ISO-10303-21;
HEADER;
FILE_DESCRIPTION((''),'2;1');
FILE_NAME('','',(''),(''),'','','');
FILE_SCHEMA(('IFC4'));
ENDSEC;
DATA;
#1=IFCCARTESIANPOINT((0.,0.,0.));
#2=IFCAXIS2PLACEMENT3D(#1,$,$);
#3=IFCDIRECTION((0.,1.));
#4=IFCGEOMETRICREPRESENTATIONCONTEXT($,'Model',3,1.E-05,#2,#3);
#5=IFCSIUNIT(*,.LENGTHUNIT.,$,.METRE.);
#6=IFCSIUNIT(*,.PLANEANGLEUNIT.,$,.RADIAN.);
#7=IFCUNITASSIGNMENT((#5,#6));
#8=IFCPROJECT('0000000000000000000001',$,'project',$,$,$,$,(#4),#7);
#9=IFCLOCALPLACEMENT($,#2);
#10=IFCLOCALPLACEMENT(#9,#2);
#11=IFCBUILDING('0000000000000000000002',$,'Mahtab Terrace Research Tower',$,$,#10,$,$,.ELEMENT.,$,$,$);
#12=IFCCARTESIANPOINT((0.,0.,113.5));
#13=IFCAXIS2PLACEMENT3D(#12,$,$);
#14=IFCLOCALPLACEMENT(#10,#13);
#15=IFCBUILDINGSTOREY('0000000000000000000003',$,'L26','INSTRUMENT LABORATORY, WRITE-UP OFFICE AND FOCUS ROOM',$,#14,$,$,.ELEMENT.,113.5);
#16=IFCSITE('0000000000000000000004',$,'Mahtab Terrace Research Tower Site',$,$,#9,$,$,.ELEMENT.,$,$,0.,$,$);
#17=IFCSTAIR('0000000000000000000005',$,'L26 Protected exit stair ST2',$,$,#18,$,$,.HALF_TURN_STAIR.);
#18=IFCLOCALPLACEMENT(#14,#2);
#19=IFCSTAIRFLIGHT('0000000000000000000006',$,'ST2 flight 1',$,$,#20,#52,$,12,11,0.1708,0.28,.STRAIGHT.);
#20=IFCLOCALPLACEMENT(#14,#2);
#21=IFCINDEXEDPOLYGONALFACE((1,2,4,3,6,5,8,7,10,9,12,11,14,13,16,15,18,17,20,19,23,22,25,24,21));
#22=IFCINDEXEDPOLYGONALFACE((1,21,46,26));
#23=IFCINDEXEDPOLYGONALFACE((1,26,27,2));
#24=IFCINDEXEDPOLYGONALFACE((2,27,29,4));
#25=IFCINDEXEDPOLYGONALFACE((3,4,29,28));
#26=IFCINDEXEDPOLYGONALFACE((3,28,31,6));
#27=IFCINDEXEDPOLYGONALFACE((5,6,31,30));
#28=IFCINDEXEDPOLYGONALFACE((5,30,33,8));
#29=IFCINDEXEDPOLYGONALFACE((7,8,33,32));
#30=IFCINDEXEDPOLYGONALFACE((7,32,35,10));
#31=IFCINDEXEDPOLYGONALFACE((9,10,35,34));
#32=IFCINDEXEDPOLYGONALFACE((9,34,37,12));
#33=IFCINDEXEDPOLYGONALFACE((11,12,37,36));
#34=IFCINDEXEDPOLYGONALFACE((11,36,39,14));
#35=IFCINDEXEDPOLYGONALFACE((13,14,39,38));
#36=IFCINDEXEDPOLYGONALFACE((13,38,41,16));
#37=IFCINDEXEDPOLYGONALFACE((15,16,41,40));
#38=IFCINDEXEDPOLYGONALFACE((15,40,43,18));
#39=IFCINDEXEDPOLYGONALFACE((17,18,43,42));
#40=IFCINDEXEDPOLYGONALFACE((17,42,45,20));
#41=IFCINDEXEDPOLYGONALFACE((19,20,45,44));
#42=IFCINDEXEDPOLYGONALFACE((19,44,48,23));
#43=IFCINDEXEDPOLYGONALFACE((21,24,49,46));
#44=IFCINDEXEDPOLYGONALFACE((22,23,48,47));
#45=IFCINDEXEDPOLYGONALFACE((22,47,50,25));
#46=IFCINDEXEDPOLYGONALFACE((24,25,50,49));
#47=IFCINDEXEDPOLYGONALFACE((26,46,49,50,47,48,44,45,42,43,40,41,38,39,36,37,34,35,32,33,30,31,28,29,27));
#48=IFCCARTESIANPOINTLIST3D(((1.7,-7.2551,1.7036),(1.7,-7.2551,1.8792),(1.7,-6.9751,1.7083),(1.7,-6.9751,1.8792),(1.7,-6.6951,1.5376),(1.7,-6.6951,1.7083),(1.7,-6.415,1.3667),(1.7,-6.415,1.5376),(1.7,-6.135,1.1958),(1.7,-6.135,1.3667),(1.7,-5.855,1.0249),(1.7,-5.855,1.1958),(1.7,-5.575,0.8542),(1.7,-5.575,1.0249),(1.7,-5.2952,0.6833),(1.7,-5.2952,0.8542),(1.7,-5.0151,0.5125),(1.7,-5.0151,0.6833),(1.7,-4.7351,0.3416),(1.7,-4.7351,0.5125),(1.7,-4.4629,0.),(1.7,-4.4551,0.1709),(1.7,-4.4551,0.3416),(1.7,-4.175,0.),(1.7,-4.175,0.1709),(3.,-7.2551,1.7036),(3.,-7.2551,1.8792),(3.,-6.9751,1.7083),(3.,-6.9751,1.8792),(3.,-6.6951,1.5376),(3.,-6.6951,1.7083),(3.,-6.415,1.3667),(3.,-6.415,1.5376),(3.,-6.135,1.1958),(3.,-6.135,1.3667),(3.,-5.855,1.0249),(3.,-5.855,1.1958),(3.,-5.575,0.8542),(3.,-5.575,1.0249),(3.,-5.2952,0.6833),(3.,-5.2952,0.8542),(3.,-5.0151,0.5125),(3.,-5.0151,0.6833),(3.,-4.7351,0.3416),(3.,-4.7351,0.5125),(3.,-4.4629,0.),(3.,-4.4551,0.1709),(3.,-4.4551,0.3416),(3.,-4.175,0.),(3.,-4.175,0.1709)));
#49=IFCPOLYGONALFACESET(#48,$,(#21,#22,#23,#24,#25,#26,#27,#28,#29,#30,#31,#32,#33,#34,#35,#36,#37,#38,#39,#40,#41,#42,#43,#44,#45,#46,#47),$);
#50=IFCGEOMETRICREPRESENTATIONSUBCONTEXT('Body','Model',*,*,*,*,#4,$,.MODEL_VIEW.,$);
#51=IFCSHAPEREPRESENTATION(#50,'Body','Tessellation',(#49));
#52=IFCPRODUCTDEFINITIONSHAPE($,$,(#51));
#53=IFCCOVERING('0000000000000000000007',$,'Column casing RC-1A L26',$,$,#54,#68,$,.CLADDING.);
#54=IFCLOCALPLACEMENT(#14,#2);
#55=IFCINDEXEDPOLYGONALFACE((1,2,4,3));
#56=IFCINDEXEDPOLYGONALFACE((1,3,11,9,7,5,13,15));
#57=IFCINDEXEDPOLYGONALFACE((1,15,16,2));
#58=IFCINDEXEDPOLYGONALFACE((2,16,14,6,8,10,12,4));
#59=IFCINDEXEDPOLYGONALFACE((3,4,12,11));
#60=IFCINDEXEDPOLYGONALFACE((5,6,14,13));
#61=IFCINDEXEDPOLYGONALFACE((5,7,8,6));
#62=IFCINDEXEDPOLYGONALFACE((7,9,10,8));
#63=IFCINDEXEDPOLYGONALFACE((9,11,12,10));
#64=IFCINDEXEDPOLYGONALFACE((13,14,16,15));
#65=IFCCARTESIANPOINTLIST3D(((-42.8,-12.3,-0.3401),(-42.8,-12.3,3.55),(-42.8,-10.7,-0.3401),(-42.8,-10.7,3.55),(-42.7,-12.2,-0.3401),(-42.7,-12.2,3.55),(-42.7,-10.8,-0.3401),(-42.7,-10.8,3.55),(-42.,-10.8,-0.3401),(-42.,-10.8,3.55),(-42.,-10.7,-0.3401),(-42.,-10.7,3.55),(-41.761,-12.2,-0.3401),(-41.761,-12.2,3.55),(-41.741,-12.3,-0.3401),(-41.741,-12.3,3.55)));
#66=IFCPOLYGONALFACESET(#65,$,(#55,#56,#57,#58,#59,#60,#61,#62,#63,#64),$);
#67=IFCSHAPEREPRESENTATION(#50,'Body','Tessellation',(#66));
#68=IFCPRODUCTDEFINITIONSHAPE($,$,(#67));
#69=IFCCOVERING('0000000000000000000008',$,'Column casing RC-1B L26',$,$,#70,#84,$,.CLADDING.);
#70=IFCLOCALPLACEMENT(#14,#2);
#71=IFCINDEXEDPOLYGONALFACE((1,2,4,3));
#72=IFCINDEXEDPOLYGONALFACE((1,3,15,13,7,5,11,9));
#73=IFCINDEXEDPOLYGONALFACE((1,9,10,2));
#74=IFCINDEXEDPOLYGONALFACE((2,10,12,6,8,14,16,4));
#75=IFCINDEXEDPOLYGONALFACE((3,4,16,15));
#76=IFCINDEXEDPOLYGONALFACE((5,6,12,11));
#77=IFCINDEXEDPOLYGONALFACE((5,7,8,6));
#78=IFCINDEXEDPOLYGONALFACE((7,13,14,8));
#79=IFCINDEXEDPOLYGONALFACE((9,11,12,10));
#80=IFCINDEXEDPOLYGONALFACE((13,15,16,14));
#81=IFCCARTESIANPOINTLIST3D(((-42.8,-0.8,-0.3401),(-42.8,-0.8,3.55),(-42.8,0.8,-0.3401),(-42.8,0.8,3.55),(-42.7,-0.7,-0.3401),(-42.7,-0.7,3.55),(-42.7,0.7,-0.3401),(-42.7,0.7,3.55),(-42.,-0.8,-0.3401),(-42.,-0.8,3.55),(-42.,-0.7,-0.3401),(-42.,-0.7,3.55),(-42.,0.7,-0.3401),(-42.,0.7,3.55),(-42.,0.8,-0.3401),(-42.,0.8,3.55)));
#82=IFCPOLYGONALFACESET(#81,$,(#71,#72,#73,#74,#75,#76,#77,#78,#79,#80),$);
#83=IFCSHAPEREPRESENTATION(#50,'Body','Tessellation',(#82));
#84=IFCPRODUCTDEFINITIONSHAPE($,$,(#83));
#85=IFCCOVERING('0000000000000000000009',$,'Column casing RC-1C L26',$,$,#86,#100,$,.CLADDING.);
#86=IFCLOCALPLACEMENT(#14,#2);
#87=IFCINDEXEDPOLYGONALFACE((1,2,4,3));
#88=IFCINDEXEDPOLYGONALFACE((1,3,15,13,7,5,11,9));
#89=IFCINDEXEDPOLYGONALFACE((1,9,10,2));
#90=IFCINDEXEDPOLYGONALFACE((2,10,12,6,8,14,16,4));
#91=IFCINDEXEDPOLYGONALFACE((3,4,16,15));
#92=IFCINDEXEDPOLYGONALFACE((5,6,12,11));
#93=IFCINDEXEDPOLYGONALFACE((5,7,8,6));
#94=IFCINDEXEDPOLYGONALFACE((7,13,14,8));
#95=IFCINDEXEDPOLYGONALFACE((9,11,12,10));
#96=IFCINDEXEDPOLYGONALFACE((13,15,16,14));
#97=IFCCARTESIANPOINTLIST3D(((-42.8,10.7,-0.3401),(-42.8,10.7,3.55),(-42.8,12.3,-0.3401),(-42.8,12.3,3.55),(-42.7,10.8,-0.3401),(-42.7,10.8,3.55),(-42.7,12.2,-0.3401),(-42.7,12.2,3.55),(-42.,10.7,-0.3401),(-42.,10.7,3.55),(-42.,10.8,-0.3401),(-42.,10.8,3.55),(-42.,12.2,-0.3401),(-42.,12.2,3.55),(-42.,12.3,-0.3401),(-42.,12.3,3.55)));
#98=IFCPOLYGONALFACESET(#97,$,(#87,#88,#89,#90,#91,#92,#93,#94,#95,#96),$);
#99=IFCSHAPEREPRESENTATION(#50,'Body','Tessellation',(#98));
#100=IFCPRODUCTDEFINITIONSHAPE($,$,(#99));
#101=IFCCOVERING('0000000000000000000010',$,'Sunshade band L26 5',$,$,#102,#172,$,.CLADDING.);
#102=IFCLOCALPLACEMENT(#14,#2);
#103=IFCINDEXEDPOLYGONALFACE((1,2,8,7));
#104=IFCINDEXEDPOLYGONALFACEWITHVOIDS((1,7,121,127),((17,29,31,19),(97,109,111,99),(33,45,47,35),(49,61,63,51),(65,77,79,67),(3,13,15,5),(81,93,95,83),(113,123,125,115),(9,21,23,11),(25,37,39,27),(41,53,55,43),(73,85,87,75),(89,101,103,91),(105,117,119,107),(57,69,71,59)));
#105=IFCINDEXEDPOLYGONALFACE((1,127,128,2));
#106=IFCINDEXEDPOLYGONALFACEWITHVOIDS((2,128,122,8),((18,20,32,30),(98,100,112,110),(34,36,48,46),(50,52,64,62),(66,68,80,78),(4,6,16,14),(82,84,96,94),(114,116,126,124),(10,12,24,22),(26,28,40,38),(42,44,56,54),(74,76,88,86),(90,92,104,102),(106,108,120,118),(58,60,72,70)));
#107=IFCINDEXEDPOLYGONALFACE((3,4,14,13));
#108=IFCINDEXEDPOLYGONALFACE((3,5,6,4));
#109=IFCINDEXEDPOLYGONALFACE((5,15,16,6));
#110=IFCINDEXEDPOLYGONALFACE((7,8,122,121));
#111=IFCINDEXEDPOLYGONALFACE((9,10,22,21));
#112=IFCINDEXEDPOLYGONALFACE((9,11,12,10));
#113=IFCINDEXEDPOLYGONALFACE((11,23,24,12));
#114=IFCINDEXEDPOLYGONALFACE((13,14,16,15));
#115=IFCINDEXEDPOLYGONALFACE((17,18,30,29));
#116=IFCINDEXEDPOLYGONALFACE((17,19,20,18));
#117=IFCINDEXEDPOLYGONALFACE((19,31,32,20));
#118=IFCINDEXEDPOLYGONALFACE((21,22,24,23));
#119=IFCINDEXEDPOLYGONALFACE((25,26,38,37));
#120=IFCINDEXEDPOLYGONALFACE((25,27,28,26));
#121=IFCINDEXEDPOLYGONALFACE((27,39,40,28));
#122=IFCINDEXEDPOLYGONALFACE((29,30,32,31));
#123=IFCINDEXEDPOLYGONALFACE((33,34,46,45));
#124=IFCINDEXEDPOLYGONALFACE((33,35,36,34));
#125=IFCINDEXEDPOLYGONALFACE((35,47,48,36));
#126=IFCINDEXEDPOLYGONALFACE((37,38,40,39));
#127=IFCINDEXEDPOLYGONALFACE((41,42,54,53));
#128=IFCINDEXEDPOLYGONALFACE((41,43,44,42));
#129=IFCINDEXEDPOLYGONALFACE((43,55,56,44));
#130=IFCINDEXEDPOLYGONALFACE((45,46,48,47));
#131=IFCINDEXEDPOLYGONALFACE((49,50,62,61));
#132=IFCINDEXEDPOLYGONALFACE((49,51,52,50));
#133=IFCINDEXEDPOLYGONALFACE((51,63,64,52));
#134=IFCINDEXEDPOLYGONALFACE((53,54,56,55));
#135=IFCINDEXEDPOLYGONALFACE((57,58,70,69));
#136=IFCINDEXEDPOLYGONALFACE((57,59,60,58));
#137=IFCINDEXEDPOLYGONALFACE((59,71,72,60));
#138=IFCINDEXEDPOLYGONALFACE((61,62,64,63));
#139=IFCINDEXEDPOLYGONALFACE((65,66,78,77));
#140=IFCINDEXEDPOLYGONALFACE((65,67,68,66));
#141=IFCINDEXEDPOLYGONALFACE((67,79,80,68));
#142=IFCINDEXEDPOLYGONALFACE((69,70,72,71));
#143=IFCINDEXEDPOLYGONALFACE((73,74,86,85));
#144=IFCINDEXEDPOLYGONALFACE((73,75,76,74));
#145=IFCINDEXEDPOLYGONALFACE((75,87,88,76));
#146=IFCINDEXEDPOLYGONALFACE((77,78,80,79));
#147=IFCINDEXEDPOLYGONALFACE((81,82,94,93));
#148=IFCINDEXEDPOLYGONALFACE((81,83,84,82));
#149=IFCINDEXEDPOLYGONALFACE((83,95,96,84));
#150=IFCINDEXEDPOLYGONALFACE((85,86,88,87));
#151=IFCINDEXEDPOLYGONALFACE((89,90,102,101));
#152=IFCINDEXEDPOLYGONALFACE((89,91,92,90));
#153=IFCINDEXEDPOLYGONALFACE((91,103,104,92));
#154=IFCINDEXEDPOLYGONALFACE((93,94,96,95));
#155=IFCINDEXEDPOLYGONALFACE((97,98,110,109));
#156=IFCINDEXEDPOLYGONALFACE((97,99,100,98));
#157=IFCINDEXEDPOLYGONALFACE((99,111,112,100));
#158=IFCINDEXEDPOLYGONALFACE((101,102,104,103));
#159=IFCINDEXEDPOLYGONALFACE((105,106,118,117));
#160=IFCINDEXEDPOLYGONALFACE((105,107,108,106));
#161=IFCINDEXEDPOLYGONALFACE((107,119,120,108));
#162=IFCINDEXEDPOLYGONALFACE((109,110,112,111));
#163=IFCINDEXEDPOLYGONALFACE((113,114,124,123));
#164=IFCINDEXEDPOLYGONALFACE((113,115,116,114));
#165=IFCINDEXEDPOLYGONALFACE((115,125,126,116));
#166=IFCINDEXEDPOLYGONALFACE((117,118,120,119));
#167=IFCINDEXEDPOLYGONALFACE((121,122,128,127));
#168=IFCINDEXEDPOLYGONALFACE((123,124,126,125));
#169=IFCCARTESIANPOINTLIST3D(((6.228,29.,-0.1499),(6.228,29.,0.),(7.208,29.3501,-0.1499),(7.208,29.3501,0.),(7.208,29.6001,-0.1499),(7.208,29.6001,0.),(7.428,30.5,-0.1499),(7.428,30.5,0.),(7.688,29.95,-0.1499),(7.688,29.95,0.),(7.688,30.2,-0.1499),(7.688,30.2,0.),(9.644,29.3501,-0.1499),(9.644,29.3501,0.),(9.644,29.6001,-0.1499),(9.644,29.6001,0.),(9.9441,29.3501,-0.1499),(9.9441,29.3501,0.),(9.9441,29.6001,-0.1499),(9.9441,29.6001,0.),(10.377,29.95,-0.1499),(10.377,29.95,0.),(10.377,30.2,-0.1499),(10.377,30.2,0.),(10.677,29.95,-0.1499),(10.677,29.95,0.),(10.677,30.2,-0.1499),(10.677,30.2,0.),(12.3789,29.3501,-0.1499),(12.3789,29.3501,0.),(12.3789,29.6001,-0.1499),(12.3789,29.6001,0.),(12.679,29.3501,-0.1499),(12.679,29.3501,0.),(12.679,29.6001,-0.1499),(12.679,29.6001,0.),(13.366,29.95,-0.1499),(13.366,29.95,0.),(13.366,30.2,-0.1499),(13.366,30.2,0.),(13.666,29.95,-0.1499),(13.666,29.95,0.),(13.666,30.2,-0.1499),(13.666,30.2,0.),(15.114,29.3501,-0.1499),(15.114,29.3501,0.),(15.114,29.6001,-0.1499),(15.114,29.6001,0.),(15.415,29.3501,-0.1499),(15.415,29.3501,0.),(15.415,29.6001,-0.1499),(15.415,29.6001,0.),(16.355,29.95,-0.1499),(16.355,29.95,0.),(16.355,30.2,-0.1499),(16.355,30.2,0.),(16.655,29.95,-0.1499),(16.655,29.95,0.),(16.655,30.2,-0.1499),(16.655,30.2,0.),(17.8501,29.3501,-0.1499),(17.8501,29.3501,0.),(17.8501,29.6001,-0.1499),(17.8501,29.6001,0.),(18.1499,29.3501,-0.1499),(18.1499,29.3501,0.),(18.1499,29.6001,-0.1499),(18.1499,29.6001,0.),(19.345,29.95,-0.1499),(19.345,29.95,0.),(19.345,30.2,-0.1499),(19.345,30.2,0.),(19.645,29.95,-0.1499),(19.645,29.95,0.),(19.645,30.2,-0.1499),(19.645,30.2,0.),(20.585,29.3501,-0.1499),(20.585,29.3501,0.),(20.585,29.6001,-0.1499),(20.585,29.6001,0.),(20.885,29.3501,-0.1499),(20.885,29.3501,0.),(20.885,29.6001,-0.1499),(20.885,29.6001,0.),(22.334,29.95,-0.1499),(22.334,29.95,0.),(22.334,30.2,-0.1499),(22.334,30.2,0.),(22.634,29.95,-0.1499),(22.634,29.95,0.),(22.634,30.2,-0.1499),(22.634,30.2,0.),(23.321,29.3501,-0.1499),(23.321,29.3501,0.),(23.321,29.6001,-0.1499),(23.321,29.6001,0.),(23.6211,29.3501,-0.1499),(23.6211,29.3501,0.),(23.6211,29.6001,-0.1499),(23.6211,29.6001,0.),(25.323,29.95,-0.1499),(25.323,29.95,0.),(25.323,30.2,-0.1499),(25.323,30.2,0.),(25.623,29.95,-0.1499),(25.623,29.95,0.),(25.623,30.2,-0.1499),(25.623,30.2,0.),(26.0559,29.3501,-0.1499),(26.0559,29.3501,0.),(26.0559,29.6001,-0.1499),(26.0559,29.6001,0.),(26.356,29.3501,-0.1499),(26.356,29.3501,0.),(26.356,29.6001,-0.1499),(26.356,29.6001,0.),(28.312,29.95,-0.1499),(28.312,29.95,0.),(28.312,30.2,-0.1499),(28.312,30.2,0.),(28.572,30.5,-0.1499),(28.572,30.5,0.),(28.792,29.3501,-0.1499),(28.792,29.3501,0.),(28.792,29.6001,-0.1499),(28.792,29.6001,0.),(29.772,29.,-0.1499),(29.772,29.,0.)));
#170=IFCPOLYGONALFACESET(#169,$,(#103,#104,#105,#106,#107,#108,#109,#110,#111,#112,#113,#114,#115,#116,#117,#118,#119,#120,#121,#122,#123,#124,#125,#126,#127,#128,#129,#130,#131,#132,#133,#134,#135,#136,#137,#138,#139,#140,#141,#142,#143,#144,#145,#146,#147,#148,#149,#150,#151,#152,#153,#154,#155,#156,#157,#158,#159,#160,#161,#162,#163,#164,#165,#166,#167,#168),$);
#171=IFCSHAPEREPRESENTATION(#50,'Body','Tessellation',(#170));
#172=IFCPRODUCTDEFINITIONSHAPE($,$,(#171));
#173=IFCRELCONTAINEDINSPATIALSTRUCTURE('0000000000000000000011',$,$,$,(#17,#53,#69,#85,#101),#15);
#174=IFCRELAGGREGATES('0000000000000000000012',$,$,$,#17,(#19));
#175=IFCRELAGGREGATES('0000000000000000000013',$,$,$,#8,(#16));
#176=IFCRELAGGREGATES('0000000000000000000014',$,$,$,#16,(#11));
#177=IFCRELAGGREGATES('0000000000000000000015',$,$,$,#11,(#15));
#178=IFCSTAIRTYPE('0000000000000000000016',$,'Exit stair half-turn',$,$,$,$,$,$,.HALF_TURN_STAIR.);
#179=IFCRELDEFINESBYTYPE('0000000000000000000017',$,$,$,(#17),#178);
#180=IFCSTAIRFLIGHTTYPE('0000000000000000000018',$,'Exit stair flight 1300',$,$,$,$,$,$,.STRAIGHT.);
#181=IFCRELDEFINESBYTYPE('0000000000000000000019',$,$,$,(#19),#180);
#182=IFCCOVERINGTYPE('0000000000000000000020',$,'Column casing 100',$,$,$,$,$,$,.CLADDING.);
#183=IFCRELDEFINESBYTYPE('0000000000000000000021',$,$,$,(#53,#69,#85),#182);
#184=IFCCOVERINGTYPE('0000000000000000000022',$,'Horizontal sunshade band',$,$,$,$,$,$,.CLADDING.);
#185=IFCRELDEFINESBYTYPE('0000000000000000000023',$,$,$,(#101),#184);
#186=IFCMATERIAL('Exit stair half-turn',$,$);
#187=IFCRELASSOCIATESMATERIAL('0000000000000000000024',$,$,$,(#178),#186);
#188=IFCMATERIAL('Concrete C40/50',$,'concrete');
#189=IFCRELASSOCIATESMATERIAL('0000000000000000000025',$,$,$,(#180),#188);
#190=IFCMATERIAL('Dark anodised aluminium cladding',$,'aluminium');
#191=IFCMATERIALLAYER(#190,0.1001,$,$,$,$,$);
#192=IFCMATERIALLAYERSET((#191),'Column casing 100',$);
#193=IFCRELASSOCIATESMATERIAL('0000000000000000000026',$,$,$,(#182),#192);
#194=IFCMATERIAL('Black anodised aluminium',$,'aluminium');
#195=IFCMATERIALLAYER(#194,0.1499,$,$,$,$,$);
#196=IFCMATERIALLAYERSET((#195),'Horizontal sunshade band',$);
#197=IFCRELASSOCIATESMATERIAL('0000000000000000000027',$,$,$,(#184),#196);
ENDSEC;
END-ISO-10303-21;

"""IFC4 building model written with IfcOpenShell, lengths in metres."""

from ifc_helpers import new_model, si_unit, direction, frame, origin, place, context, subcontext, project, spatial, polyline, outline, extrude, material, layer, layer_set, type_object, element, aggregate, save


model = new_model("IFC4")

# Units and contexts
model_context = context("Model", 3, precision=1e-05, world=origin(), true_north=direction((0.0, 1.0)))
body_context = subcontext(model_context, "Body", "Model", "MODEL_VIEW")
ifc_project = project(units=[si_unit("LENGTHUNIT", "METRE"), si_unit("PLANEANGLEUNIT", "RADIAN")], contexts=[model_context])

# Site, building, storey
site_placement = place(None, origin())
site = spatial("IfcSite", under=ifc_project, at=site_placement, Name="Mahtab Terrace Research Tower Site", CompositionType="ELEMENT", RefElevation=0.0)
building_placement = place(site_placement, origin())
building = spatial("IfcBuilding", under=site, at=building_placement, Name="Mahtab Terrace Research Tower", CompositionType="ELEMENT")
storey_placement = place(building_placement, frame((0.0, 0.0, 113.5)))
storey = spatial("IfcBuildingStorey", under=building, at=storey_placement, Name="L26", Description="INSTRUMENT LABORATORY, WRITE-UP OFFICE AND FOCUS ROOM", CompositionType="ELEMENT", Elevation=113.5)

# Stair
ifc_material_1 = material(Name="Exit stair half-turn")
stair_type = type_object("IfcStairType", Name="Exit stair half-turn", PredefinedType="HALF_TURN_STAIR", material=ifc_material_1)
ifc_material_2 = material(Name="Concrete C40/50", Category="concrete")
stair_1_placement = place(storey_placement, origin())
stair_1 = element("IfcStair", 1, at=stair_1_placement, inside=storey, type_object=stair_type, Name="L26 Protected exit stair ST2", PredefinedType="HALF_TURN_STAIR")

# Stair flight
stair_flight_type = type_object("IfcStairFlightType", Name="Exit stair flight 1300", PredefinedType="STRAIGHT", material=ifc_material_2)
stair_flight_placement = place(storey_placement, frame((2.3501, -4.175, 0.0), z_axis=(0.0, 0.0, 1.0), x_axis=(0.0, -1.0, 0.0)))
stair_flight = element("IfcStairFlight", 2, at=stair_flight_placement, type_object=stair_flight_type, Name="ST2 flight 1", NumberOfRisers=12, NumberOfTreads=11, PredefinedType="STRAIGHT", RiserHeight=0.1708, TreadLength=0.28, context=body_context, shape_type="SweptSolid", body=[
    extrude(outline(polyline([(0.0, 0.0), (0.0, 0.1709), (0.28, 0.1709), (0.28, 0.3416), (0.5601, 0.3416), (0.5601, 0.5125), (0.8401, 0.5125), (0.8401, 0.6833), (1.1201, 0.6833), (1.1201, 0.8542), (1.3999, 0.8542), (1.3999, 1.0249), (1.6799, 1.0249), (1.6799, 1.1958), (1.96, 1.1958), (1.96, 1.3667), (2.24, 1.3667), (2.24, 1.5376), (2.52, 1.5376), (2.52, 1.7083), (2.8, 1.7083), (2.8, 1.8792), (3.0801, 1.8792), (3.0801, 2.05), (3.0801, 1.7036), (0.2878, 0.0), (0.0, 0.0)])), frame((0.0, 0.6499, 0.0), z_axis=(0.0, -1.0, 0.0), x_axis=(1.0, 0.0, 0.0)), (0.0, 0.0, 1.0), 1.3),
])
aggregate(stair_1, [stair_flight])

# Coverings
ifc_material_3 = material(Name="Dark anodised aluminium cladding", Category="aluminium")
ifc_layer_1 = layer(ifc_material_3, 0.1001)
ifc_layer_set_1 = layer_set([ifc_layer_1], Name="Column casing 100")
covering_type_1 = type_object("IfcCoveringType", Name="Column casing 100", PredefinedType="CLADDING", material=ifc_layer_set_1)
covering_1_placement = place(storey_placement, frame((0.0, 0.0, -0.3401)))
element("IfcCovering", 3, at=covering_1_placement, inside=storey, type_object=covering_type_1, Name="Column casing RC-1A L26", PredefinedType="CLADDING", context=body_context, shape_type="SweptSolid", body=[
    extrude(outline(polyline([(-42.8, -10.7), (-42.0, -10.7), (-42.0, -10.8), (-42.7, -10.8), (-42.7, -12.2), (-41.761, -12.2), (-41.741, -12.3), (-42.8, -12.3), (-42.8, -10.7)])), origin(), (0.0, 0.0, 1.0), 3.8901),
])
covering_2_placement = place(storey_placement, frame((0.0, 0.0, -0.3401)))
element("IfcCovering", 4, at=covering_2_placement, inside=storey, type_object=covering_type_1, Name="Column casing RC-1B L26", PredefinedType="CLADDING", context=body_context, shape_type="SweptSolid", body=[
    extrude(outline(polyline([(-42.8, 0.8), (-42.0, 0.8), (-42.0, 0.7), (-42.7, 0.7), (-42.7, -0.7), (-42.0, -0.7), (-42.0, -0.8), (-42.8, -0.8), (-42.8, 0.8)])), origin(), (0.0, 0.0, 1.0), 3.8901),
])
covering_3_placement = place(storey_placement, frame((0.0, 0.0, -0.3401)))
element("IfcCovering", 5, at=covering_3_placement, inside=storey, type_object=covering_type_1, Name="Column casing RC-1C L26", PredefinedType="CLADDING", context=body_context, shape_type="SweptSolid", body=[
    extrude(outline(polyline([(-42.8, 12.3), (-42.0, 12.3), (-42.0, 12.2), (-42.7, 12.2), (-42.7, 10.8), (-42.0, 10.8), (-42.0, 10.7), (-42.8, 10.7), (-42.8, 12.3)])), origin(), (0.0, 0.0, 1.0), 3.8901),
])
ifc_material_4 = material(Name="Black anodised aluminium", Category="aluminium")
ifc_layer_2 = layer(ifc_material_4, 0.1499)
ifc_layer_set_2 = layer_set([ifc_layer_2], Name="Horizontal sunshade band")
covering_type_2 = type_object("IfcCoveringType", Name="Horizontal sunshade band", PredefinedType="CLADDING", material=ifc_layer_set_2)
covering_4_placement = place(storey_placement, frame((0.0, 0.0, -0.1499)))
element("IfcCovering", 6, at=covering_4_placement, inside=storey, type_object=covering_type_2, Name="Sunshade band L26 5", PredefinedType="CLADDING", context=body_context, shape_type="SweptSolid", body=[
    extrude(outline(polyline([(29.772, 29.0), (6.228, 29.0), (7.428, 30.5), (28.572, 30.5), (29.772, 29.0)]), holes=[polyline([(28.792, 29.3501), (26.356, 29.3501), (26.356, 29.6001), (28.792, 29.6001), (28.792, 29.3501)]), polyline([(26.0559, 29.3501), (23.6211, 29.3501), (23.6211, 29.6001), (26.0559, 29.6001), (26.0559, 29.3501)]), polyline([(23.321, 29.3501), (20.885, 29.3501), (20.885, 29.6001), (23.321, 29.6001), (23.321, 29.3501)]), polyline([(20.585, 29.3501), (18.1499, 29.3501), (18.1499, 29.6001), (20.585, 29.6001), (20.585, 29.3501)]), polyline([(17.8501, 29.3501), (15.415, 29.3501), (15.415, 29.6001), (17.8501, 29.6001), (17.8501, 29.3501)]), polyline([(15.114, 29.3501), (12.679, 29.3501), (12.679, 29.6001), (15.114, 29.6001), (15.114, 29.3501)]), polyline([(12.3789, 29.3501), (9.9441, 29.3501), (9.9441, 29.6001), (12.3789, 29.6001), (12.3789, 29.3501)]), polyline([(9.644, 29.3501), (7.208, 29.3501), (7.208, 29.6001), (9.644, 29.6001), (9.644, 29.3501)]), polyline([(28.312, 29.95), (25.623, 29.95), (25.623, 30.2), (28.312, 30.2), (28.312, 29.95)]), polyline([(25.323, 29.95), (22.634, 29.95), (22.634, 30.2), (25.323, 30.2), (25.323, 29.95)]), polyline([(22.334, 29.95), (19.645, 29.95), (19.645, 30.2), (22.334, 30.2), (22.334, 29.95)]), polyline([(19.345, 29.95), (16.655, 29.95), (16.655, 30.2), (19.345, 30.2), (19.345, 29.95)]), polyline([(16.355, 29.95), (13.666, 29.95), (13.666, 30.2), (16.355, 30.2), (16.355, 29.95)]), polyline([(13.366, 29.95), (10.677, 29.95), (10.677, 30.2), (13.366, 30.2), (13.366, 29.95)]), polyline([(10.377, 29.95), (7.688, 29.95), (7.688, 30.2), (10.377, 30.2), (10.377, 29.95)])]), origin(), (0.0, 0.0, 1.0), 0.1499),
])

save(model, "model.ifc")
